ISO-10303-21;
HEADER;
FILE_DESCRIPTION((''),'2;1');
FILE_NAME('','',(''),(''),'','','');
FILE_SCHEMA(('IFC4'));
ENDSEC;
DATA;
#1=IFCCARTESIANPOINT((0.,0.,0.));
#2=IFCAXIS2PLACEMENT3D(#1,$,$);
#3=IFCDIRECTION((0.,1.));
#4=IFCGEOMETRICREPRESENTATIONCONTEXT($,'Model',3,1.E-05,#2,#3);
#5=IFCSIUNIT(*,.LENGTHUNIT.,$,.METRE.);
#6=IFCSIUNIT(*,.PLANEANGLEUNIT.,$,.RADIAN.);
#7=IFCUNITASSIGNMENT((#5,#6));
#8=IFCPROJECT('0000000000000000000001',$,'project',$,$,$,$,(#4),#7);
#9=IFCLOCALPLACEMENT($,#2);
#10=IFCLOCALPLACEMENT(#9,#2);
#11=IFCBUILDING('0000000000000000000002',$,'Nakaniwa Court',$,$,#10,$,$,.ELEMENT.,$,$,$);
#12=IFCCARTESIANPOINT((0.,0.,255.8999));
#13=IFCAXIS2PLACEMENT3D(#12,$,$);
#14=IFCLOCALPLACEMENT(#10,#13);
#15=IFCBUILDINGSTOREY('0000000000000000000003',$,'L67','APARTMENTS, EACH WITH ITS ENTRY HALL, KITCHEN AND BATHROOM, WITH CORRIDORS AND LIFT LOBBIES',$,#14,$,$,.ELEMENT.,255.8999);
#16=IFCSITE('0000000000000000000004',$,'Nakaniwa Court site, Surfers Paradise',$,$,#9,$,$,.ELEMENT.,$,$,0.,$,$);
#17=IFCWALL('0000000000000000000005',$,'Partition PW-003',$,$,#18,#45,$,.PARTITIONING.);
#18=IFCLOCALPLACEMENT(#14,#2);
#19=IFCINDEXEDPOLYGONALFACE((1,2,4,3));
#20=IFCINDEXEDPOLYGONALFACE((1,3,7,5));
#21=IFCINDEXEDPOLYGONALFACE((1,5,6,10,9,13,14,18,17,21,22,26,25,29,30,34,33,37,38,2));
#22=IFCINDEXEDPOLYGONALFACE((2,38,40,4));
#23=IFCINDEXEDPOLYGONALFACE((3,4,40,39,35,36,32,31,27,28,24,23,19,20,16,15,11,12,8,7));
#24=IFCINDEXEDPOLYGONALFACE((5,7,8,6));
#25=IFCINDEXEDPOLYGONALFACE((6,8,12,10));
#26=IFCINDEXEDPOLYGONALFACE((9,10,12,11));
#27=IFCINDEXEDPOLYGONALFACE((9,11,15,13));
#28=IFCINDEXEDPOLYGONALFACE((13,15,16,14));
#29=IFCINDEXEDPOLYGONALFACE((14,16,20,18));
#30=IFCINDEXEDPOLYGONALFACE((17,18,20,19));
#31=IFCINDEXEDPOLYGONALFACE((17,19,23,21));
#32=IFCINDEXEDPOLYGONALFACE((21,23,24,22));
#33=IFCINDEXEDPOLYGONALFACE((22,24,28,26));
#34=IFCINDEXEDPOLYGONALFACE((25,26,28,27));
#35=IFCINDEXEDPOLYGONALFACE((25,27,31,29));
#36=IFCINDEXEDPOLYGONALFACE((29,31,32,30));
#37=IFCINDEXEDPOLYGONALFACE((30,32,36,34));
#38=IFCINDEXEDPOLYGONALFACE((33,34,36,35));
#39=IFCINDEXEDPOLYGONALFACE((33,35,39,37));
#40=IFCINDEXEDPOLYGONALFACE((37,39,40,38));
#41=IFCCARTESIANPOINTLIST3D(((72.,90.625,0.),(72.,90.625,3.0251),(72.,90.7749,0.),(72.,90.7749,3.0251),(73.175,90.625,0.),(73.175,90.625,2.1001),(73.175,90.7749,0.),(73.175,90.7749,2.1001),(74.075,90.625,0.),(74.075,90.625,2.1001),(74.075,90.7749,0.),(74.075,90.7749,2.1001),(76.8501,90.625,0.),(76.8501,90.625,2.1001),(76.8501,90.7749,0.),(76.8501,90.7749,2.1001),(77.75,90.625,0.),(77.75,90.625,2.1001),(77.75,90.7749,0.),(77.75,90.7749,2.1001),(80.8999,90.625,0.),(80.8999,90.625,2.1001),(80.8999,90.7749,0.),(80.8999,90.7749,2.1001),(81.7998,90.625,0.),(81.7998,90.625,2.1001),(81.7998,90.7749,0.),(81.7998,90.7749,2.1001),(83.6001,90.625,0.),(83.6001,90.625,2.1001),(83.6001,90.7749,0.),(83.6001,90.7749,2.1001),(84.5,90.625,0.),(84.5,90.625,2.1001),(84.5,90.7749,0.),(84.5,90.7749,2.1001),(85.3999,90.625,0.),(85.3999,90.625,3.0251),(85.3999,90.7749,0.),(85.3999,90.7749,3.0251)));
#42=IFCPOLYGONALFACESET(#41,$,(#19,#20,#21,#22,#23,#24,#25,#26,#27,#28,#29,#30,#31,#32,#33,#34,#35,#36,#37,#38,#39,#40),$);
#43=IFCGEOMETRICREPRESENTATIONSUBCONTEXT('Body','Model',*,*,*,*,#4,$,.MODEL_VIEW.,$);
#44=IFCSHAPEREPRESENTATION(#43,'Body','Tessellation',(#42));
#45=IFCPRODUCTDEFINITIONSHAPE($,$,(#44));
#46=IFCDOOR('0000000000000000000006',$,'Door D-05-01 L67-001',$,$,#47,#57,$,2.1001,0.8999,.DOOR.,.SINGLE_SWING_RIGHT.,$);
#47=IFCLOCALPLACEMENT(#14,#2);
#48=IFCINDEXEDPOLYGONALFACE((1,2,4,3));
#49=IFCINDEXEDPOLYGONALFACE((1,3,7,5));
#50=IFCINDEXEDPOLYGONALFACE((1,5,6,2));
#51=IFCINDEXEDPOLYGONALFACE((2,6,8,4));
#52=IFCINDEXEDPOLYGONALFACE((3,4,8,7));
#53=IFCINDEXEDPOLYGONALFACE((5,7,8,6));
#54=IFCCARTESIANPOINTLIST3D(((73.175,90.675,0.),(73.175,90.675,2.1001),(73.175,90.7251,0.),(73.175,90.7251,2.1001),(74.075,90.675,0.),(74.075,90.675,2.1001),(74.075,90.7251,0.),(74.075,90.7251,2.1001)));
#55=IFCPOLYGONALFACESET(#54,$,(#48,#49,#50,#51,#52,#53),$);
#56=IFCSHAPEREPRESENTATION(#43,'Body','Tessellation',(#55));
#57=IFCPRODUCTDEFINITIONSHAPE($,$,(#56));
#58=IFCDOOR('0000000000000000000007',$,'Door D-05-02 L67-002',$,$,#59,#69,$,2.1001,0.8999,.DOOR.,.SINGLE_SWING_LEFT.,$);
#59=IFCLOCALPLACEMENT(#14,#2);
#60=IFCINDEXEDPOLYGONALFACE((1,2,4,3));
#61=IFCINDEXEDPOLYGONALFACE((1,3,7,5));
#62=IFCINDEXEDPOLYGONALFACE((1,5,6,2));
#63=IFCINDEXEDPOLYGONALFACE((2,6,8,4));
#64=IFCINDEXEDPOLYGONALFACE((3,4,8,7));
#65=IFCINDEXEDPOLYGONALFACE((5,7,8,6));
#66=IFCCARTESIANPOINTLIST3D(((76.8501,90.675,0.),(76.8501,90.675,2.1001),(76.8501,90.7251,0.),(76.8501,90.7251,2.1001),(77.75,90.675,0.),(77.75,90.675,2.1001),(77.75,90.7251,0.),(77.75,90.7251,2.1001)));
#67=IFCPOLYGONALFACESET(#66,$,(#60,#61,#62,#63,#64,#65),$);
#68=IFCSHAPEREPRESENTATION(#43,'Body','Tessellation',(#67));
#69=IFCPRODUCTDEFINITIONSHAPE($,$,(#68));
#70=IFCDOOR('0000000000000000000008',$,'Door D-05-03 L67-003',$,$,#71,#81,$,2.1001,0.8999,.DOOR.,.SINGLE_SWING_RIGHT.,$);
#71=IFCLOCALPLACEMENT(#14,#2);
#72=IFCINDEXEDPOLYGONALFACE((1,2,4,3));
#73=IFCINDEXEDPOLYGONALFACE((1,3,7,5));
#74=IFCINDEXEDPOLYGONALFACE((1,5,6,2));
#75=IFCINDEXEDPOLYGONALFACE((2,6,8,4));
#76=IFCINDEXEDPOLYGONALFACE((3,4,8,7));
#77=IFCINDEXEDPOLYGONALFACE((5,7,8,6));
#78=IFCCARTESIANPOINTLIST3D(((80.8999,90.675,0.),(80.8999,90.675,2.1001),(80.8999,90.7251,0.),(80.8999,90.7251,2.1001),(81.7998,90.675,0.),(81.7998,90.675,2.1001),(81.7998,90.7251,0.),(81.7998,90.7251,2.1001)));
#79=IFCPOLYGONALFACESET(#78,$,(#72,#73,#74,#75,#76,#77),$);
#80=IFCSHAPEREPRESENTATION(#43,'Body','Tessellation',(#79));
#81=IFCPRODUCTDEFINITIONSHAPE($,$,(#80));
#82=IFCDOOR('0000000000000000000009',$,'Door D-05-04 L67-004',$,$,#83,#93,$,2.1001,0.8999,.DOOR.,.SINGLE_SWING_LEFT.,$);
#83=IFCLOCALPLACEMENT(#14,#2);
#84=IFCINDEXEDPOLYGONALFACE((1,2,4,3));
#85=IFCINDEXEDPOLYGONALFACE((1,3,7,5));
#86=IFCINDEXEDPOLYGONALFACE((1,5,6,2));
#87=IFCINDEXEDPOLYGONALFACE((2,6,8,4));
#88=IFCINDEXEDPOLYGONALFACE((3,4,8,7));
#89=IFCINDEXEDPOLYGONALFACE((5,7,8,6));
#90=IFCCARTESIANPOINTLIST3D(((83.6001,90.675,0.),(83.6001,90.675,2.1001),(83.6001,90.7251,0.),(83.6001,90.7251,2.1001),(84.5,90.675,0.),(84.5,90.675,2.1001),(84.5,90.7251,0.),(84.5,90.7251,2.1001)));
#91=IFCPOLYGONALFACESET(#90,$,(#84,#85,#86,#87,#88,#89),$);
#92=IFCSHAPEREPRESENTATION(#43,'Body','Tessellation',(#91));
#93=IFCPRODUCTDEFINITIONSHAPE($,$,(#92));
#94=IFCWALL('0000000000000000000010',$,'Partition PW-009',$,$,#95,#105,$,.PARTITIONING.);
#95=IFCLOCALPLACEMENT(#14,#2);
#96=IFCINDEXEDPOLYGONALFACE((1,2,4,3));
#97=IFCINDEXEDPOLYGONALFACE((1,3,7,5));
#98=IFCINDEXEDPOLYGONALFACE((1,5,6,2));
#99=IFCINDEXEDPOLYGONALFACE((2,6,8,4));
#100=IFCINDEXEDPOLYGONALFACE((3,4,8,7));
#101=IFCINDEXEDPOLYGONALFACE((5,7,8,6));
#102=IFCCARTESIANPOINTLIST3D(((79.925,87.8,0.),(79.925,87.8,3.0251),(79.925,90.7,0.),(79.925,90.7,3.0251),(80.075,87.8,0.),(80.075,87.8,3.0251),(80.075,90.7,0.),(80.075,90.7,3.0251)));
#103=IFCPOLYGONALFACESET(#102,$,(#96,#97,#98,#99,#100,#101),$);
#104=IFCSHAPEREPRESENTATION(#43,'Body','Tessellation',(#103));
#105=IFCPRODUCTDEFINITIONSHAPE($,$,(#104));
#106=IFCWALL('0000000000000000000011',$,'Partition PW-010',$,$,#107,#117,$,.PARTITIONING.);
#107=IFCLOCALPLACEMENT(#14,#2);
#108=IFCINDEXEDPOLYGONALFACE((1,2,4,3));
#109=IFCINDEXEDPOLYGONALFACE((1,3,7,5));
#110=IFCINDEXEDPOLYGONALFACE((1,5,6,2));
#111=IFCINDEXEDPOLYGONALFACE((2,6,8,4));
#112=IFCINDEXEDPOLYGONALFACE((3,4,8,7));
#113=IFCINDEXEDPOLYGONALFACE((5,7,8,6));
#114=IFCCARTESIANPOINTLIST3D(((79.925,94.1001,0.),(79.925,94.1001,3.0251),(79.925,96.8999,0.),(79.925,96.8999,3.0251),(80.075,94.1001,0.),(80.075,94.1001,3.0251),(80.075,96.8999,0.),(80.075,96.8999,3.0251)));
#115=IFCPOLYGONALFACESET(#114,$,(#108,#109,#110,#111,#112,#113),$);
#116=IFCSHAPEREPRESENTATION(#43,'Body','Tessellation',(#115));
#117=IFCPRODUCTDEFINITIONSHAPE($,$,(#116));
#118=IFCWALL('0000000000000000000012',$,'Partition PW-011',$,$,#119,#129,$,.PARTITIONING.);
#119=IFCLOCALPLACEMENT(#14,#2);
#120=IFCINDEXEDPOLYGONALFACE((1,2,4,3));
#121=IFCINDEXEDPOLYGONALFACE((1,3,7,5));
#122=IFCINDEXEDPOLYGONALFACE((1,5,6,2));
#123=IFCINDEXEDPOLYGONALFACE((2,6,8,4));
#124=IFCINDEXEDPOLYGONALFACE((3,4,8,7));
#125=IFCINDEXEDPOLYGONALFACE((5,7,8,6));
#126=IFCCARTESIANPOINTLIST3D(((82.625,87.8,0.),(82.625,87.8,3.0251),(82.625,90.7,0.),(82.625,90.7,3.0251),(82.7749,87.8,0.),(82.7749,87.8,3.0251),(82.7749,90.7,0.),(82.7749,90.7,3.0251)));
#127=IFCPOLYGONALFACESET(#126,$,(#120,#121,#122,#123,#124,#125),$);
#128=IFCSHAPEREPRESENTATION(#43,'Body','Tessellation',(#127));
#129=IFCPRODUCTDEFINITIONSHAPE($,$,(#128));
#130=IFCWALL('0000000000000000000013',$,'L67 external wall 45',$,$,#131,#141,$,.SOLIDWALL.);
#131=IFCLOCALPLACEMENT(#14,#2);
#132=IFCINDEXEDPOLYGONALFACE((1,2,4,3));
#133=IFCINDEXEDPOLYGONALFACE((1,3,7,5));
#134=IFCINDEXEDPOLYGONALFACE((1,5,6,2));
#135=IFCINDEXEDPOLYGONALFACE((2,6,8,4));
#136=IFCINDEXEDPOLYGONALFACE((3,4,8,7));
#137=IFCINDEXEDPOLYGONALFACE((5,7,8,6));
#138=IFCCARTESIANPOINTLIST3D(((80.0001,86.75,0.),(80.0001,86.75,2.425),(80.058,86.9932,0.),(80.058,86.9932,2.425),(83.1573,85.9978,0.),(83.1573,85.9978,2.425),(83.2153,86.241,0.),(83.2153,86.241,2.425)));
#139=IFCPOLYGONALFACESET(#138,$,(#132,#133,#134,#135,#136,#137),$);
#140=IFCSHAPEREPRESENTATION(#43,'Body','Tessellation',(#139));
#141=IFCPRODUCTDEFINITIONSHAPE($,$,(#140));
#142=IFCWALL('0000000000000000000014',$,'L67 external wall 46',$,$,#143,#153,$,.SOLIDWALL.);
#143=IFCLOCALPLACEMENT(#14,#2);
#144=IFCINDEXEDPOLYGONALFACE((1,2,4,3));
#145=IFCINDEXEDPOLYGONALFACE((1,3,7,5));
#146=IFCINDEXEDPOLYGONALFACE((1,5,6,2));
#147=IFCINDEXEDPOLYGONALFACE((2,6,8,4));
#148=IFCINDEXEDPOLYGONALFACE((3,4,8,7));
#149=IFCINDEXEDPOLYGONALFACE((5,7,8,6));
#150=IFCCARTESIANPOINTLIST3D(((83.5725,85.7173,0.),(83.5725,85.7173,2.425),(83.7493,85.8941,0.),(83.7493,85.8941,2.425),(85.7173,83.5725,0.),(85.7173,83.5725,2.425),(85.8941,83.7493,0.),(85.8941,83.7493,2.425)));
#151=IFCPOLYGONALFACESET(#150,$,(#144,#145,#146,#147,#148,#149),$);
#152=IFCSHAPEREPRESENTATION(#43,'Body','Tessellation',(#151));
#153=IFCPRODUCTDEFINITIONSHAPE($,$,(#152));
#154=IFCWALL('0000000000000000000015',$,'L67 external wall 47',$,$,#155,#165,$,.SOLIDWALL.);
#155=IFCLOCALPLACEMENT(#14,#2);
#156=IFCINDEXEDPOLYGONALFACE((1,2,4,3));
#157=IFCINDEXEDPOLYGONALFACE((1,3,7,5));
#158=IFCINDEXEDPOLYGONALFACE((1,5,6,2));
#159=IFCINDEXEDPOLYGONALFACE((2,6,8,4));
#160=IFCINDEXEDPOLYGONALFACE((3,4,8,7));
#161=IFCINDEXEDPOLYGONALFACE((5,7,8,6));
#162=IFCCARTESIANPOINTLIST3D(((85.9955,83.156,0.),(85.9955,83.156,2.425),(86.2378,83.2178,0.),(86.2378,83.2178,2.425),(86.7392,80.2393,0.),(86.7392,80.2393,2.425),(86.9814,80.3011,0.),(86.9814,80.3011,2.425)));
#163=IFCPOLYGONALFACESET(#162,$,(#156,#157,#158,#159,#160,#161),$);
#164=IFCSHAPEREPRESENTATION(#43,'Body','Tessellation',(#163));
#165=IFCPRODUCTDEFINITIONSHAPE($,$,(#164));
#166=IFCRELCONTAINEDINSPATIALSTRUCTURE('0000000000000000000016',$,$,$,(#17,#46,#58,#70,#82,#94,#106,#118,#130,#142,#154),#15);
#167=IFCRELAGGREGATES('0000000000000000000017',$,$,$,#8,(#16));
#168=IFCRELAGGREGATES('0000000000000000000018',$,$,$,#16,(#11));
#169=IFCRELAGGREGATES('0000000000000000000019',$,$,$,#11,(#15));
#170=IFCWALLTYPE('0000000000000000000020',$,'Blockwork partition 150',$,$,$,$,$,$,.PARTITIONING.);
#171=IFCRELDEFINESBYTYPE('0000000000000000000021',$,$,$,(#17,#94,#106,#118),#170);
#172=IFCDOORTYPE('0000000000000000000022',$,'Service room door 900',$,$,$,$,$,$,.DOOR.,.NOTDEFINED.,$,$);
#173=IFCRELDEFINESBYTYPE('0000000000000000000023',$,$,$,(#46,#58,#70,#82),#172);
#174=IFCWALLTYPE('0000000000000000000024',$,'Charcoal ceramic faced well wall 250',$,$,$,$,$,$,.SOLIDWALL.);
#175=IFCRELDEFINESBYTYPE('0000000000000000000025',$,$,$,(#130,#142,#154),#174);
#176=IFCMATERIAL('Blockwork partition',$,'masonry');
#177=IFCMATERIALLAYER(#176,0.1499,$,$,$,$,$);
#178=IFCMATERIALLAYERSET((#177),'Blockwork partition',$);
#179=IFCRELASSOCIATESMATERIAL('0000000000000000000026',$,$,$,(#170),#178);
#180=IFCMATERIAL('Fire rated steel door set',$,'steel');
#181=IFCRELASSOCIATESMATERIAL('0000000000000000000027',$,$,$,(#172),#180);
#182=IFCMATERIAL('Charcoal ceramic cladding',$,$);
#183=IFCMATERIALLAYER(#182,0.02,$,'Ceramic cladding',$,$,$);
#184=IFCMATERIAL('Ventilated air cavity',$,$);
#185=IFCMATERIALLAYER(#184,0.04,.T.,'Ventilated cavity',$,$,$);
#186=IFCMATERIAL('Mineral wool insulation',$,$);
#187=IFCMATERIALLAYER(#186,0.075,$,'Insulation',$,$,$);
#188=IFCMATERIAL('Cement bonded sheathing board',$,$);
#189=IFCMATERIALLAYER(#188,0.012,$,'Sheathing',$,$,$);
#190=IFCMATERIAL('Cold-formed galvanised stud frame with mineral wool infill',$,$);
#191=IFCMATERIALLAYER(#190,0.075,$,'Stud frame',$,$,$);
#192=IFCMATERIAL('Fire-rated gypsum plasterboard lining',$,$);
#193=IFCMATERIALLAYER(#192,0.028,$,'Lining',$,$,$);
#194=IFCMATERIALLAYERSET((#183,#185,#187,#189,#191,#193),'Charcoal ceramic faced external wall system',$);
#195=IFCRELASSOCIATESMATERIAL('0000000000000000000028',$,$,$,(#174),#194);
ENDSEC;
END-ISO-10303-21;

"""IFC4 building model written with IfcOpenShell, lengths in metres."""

from ifc_helpers import new_model, si_unit, direction, frame, frame_2d, origin, place, context, subcontext, project, spatial, rectangle, extrude, material, layer, layer_set, type_object, element, fill, save


model = new_model("IFC4")

# Units and contexts
model_context = context("Model", 3, precision=1e-05, world=origin(), true_north=direction((0.0, 1.0)))
body_context = subcontext(model_context, "Body", "Model", "MODEL_VIEW")
ifc_project = project(units=[si_unit("LENGTHUNIT", "METRE"), si_unit("PLANEANGLEUNIT", "RADIAN")], contexts=[model_context])

# Site, building, storey
site_placement = place(None, origin())
site = spatial("IfcSite", under=ifc_project, at=site_placement, Name="Nakaniwa Court site, Surfers Paradise", CompositionType="ELEMENT", RefElevation=0.0)
building_placement = place(site_placement, origin())
building = spatial("IfcBuilding", under=site, at=building_placement, Name="Nakaniwa Court", CompositionType="ELEMENT")
storey_placement = place(building_placement, frame((0.0, 0.0, 255.8999)))
storey = spatial("IfcBuildingStorey", under=building, at=storey_placement, Name="L67", Description="APARTMENTS, EACH WITH ITS ENTRY HALL, KITCHEN AND BATHROOM, WITH CORRIDORS AND LIFT LOBBIES", CompositionType="ELEMENT", Elevation=255.8999)

# Wall, openings, doors
ifc_material_1 = material(Name="Blockwork partition", Category="masonry")
ifc_layer_1 = layer(ifc_material_1, 0.1499)
ifc_layer_set_1 = layer_set([ifc_layer_1], Name="Blockwork partition")
wall_type_1 = type_object("IfcWallType", Name="Blockwork partition 150", PredefinedType="PARTITIONING", material=ifc_layer_set_1)
wall_1_placement = place(storey_placement, frame((85.3999, 90.7, 0.0), z_axis=(0.0, 0.0, 1.0), x_axis=(-1.0, 0.0, 0.0)))
wall_1 = element("IfcWall", 1, at=wall_1_placement, inside=storey, type_object=wall_type_1, Name="Partition PW-003", PredefinedType="PARTITIONING", context=body_context, shape_type="SweptSolid", body=[
    extrude(rectangle(XDim=13.3999, YDim=0.1499, at=frame_2d((6.7, 0.0))), origin(), (0.0, 0.0, 1.0), 3.0251),
])
opening_1_placement = place(wall_1_placement, frame((11.325, 0.0, 0.0)))
opening_1 = element("IfcOpeningElement", 2, at=opening_1_placement, cuts=wall_1, PredefinedType="OPENING", context=body_context, shape_type="SweptSolid", body=[
    extrude(rectangle(XDim=0.8999, YDim=2.1001, at=frame_2d((0.45, 1.05))), frame((0.0, 0.085, 0.0), z_axis=(0.0, -1.0, 0.0), x_axis=(1.0, 0.0, 0.0)), (0.0, 0.0, 1.0), 0.1699),
])
opening_2_placement = place(wall_1_placement, frame((7.6499, 0.0, 0.0)))
opening_2 = element("IfcOpeningElement", 3, at=opening_2_placement, cuts=wall_1, PredefinedType="OPENING", context=body_context, shape_type="SweptSolid", body=[
    extrude(rectangle(XDim=0.8999, YDim=2.1001, at=frame_2d((0.45, 1.05))), frame((0.0, 0.085, 0.0), z_axis=(0.0, -1.0, 0.0), x_axis=(1.0, 0.0, 0.0)), (0.0, 0.0, 1.0), 0.1699),
])
opening_3_placement = place(wall_1_placement, frame((3.6001, 0.0, 0.0)))
opening_3 = element("IfcOpeningElement", 4, at=opening_3_placement, cuts=wall_1, PredefinedType="OPENING", context=body_context, shape_type="SweptSolid", body=[
    extrude(rectangle(XDim=0.8999, YDim=2.1001, at=frame_2d((0.45, 1.05))), frame((0.0, 0.085, 0.0), z_axis=(0.0, -1.0, 0.0), x_axis=(1.0, 0.0, 0.0)), (0.0, 0.0, 1.0), 0.1699),
])
opening_4_placement = place(wall_1_placement, frame((0.8999, 0.0, 0.0)))
opening_4 = element("IfcOpeningElement", 5, at=opening_4_placement, cuts=wall_1, PredefinedType="OPENING", context=body_context, shape_type="SweptSolid", body=[
    extrude(rectangle(XDim=0.8999, YDim=2.1001, at=frame_2d((0.45, 1.05))), frame((0.0, 0.085, 0.0), z_axis=(0.0, -1.0, 0.0), x_axis=(1.0, 0.0, 0.0)), (0.0, 0.0, 1.0), 0.1699),
])
ifc_material_2 = material(Name="Fire rated steel door set", Category="steel")
door_type_1 = type_object("IfcDoorType", Name="Service room door 900", OperationType="NOTDEFINED", PredefinedType="DOOR", material=ifc_material_2)
door_1_placement = place(opening_1_placement, origin())
door_1 = element("IfcDoor", 6, at=door_1_placement, inside=storey, type_object=door_type_1, Name="Door D-05-01 L67-001", OperationType="SINGLE_SWING_RIGHT", OverallHeight=2.1001, OverallWidth=0.8999, PredefinedType="DOOR", context=body_context, shape_type="SweptSolid", body=[
    extrude(rectangle(XDim=0.8999, YDim=2.1001, at=frame_2d((0.45, 1.05))), frame((0.0, 0.0249, 0.0), z_axis=(0.0, -1.0, 0.0), x_axis=(1.0, 0.0, 0.0)), (0.0, 0.0, 1.0), 0.05),
])
fill(opening_1, door_1)
door_2_placement = place(opening_2_placement, origin())
door_2 = element("IfcDoor", 7, at=door_2_placement, inside=storey, type_object=door_type_1, Name="Door D-05-02 L67-002", OperationType="SINGLE_SWING_LEFT", OverallHeight=2.1001, OverallWidth=0.8999, PredefinedType="DOOR", context=body_context, shape_type="SweptSolid", body=[
    extrude(rectangle(XDim=0.8999, YDim=2.1001, at=frame_2d((0.45, 1.05))), frame((0.0, 0.0249, 0.0), z_axis=(0.0, -1.0, 0.0), x_axis=(1.0, 0.0, 0.0)), (0.0, 0.0, 1.0), 0.05),
])
fill(opening_2, door_2)
door_3_placement = place(opening_3_placement, origin())
door_3 = element("IfcDoor", 8, at=door_3_placement, inside=storey, type_object=door_type_1, Name="Door D-05-03 L67-003", OperationType="SINGLE_SWING_RIGHT", OverallHeight=2.1001, OverallWidth=0.8999, PredefinedType="DOOR", context=body_context, shape_type="SweptSolid", body=[
    extrude(rectangle(XDim=0.8999, YDim=2.1001, at=frame_2d((0.45, 1.05))), frame((0.0, 0.0249, 0.0), z_axis=(0.0, -1.0, 0.0), x_axis=(1.0, 0.0, 0.0)), (0.0, 0.0, 1.0), 0.05),
])
fill(opening_3, door_3)
door_4_placement = place(opening_4_placement, origin())
door_4 = element("IfcDoor", 9, at=door_4_placement, inside=storey, type_object=door_type_1, Name="Door D-05-04 L67-004", OperationType="SINGLE_SWING_LEFT", OverallHeight=2.1001, OverallWidth=0.8999, PredefinedType="DOOR", context=body_context, shape_type="SweptSolid", body=[
    extrude(rectangle(XDim=0.8999, YDim=2.1001, at=frame_2d((0.45, 1.05))), frame((0.0, 0.0249, 0.0), z_axis=(0.0, -1.0, 0.0), x_axis=(1.0, 0.0, 0.0)), (0.0, 0.0, 1.0), 0.05),
])
fill(opening_4, door_4)

# Walls
wall_2_placement = place(storey_placement, frame((80.0, 87.8, 0.0), z_axis=(0.0, 0.0, 1.0), x_axis=(0.0, 1.0, 0.0)))
element("IfcWall", 10, at=wall_2_placement, inside=storey, type_object=wall_type_1, Name="Partition PW-009", PredefinedType="PARTITIONING", context=body_context, shape_type="SweptSolid", body=[
    extrude(rectangle(XDim=2.8999, YDim=0.1499, at=frame_2d((1.45, 0.0))), origin(), (0.0, 0.0, 1.0), 3.0251),
])
wall_3_placement = place(storey_placement, frame((80.0, 94.1001, 0.0), z_axis=(0.0, 0.0, 1.0), x_axis=(0.0, 1.0, 0.0)))
element("IfcWall", 11, at=wall_3_placement, inside=storey, type_object=wall_type_1, Name="Partition PW-010", PredefinedType="PARTITIONING", context=body_context, shape_type="SweptSolid", body=[
    extrude(rectangle(XDim=2.7998, YDim=0.1499, at=frame_2d((1.3999, 0.0))), origin(), (0.0, 0.0, 1.0), 3.0251),
])
wall_4_placement = place(storey_placement, frame((82.7, 87.8, 0.0), z_axis=(0.0, 0.0, 1.0), x_axis=(0.0, 1.0, 0.0)))
element("IfcWall", 12, at=wall_4_placement, inside=storey, type_object=wall_type_1, Name="Partition PW-011", PredefinedType="PARTITIONING", context=body_context, shape_type="SweptSolid", body=[
    extrude(rectangle(XDim=2.8999, YDim=0.1499, at=frame_2d((1.45, 0.0))), origin(), (0.0, 0.0, 1.0), 3.0251),
])
ifc_material_3 = material(Name="Charcoal ceramic cladding")
ifc_layer_2 = layer(ifc_material_3, 0.02, Name="Ceramic cladding")
ifc_material_4 = material(Name="Ventilated air cavity")
ifc_layer_3 = layer(ifc_material_4, 0.04, ventilated=True, Name="Ventilated cavity")
ifc_material_5 = material(Name="Mineral wool insulation")
ifc_layer_4 = layer(ifc_material_5, 0.075, Name="Insulation")
ifc_material_6 = material(Name="Cement bonded sheathing board")
ifc_layer_5 = layer(ifc_material_6, 0.012, Name="Sheathing")
ifc_material_7 = material(Name="Cold-formed galvanised stud frame with mineral wool infill")
ifc_layer_6 = layer(ifc_material_7, 0.075, Name="Stud frame")
ifc_material_8 = material(Name="Fire-rated gypsum plasterboard lining")
ifc_layer_7 = layer(ifc_material_8, 0.028, Name="Lining")
ifc_layer_set_2 = layer_set([ifc_layer_2, ifc_layer_3, ifc_layer_4, ifc_layer_5, ifc_layer_6, ifc_layer_7], Name="Charcoal ceramic faced external wall system")
wall_type_2 = type_object("IfcWallType", Name="Charcoal ceramic faced well wall 250", PredefinedType="SOLIDWALL", material=ifc_layer_set_2)
wall_5_placement = place(storey_placement, frame((80.0291, 86.8716, 0.0), z_axis=(0.0, 0.0, 1.0), x_axis=(0.972773, -0.23176, 0.0)))
element("IfcWall", 13, at=wall_5_placement, inside=storey, type_object=wall_type_2, Name="L67 external wall 45", PredefinedType="SOLIDWALL", context=body_context, shape_type="SweptSolid", body=[
    extrude(rectangle(XDim=3.2456, YDim=0.25, at=frame_2d((1.6228, 0.0))), origin(), (0.0, 0.0, 1.0), 2.425),
])
wall_6_placement = place(storey_placement, frame((83.6609, 85.8057, 0.0), z_axis=(0.0, 0.0, 1.0), x_axis=(0.707107, -0.707107, 0.0)))
element("IfcWall", 14, at=wall_6_placement, inside=storey, type_object=wall_type_2, Name="L67 external wall 46", PredefinedType="SOLIDWALL", context=body_context, shape_type="SweptSolid", body=[
    extrude(rectangle(XDim=3.0332, YDim=0.25, at=frame_2d((1.5166, 0.0))), origin(), (0.0, 0.0, 1.0), 2.425),
])
wall_7_placement = place(storey_placement, frame((86.1167, 83.1868, 0.0), z_axis=(0.0, 0.0, 1.0), x_axis=(0.247056, -0.969001, 0.0)))
element("IfcWall", 15, at=wall_7_placement, inside=storey, type_object=wall_type_2, Name="L67 external wall 47", PredefinedType="SOLIDWALL", context=body_context, shape_type="SweptSolid", body=[
    extrude(rectangle(XDim=3.01, YDim=0.25, at=frame_2d((1.5049, 0.0))), origin(), (0.0, 0.0, 1.0), 2.425),
])

save(model, "model.ifc")
